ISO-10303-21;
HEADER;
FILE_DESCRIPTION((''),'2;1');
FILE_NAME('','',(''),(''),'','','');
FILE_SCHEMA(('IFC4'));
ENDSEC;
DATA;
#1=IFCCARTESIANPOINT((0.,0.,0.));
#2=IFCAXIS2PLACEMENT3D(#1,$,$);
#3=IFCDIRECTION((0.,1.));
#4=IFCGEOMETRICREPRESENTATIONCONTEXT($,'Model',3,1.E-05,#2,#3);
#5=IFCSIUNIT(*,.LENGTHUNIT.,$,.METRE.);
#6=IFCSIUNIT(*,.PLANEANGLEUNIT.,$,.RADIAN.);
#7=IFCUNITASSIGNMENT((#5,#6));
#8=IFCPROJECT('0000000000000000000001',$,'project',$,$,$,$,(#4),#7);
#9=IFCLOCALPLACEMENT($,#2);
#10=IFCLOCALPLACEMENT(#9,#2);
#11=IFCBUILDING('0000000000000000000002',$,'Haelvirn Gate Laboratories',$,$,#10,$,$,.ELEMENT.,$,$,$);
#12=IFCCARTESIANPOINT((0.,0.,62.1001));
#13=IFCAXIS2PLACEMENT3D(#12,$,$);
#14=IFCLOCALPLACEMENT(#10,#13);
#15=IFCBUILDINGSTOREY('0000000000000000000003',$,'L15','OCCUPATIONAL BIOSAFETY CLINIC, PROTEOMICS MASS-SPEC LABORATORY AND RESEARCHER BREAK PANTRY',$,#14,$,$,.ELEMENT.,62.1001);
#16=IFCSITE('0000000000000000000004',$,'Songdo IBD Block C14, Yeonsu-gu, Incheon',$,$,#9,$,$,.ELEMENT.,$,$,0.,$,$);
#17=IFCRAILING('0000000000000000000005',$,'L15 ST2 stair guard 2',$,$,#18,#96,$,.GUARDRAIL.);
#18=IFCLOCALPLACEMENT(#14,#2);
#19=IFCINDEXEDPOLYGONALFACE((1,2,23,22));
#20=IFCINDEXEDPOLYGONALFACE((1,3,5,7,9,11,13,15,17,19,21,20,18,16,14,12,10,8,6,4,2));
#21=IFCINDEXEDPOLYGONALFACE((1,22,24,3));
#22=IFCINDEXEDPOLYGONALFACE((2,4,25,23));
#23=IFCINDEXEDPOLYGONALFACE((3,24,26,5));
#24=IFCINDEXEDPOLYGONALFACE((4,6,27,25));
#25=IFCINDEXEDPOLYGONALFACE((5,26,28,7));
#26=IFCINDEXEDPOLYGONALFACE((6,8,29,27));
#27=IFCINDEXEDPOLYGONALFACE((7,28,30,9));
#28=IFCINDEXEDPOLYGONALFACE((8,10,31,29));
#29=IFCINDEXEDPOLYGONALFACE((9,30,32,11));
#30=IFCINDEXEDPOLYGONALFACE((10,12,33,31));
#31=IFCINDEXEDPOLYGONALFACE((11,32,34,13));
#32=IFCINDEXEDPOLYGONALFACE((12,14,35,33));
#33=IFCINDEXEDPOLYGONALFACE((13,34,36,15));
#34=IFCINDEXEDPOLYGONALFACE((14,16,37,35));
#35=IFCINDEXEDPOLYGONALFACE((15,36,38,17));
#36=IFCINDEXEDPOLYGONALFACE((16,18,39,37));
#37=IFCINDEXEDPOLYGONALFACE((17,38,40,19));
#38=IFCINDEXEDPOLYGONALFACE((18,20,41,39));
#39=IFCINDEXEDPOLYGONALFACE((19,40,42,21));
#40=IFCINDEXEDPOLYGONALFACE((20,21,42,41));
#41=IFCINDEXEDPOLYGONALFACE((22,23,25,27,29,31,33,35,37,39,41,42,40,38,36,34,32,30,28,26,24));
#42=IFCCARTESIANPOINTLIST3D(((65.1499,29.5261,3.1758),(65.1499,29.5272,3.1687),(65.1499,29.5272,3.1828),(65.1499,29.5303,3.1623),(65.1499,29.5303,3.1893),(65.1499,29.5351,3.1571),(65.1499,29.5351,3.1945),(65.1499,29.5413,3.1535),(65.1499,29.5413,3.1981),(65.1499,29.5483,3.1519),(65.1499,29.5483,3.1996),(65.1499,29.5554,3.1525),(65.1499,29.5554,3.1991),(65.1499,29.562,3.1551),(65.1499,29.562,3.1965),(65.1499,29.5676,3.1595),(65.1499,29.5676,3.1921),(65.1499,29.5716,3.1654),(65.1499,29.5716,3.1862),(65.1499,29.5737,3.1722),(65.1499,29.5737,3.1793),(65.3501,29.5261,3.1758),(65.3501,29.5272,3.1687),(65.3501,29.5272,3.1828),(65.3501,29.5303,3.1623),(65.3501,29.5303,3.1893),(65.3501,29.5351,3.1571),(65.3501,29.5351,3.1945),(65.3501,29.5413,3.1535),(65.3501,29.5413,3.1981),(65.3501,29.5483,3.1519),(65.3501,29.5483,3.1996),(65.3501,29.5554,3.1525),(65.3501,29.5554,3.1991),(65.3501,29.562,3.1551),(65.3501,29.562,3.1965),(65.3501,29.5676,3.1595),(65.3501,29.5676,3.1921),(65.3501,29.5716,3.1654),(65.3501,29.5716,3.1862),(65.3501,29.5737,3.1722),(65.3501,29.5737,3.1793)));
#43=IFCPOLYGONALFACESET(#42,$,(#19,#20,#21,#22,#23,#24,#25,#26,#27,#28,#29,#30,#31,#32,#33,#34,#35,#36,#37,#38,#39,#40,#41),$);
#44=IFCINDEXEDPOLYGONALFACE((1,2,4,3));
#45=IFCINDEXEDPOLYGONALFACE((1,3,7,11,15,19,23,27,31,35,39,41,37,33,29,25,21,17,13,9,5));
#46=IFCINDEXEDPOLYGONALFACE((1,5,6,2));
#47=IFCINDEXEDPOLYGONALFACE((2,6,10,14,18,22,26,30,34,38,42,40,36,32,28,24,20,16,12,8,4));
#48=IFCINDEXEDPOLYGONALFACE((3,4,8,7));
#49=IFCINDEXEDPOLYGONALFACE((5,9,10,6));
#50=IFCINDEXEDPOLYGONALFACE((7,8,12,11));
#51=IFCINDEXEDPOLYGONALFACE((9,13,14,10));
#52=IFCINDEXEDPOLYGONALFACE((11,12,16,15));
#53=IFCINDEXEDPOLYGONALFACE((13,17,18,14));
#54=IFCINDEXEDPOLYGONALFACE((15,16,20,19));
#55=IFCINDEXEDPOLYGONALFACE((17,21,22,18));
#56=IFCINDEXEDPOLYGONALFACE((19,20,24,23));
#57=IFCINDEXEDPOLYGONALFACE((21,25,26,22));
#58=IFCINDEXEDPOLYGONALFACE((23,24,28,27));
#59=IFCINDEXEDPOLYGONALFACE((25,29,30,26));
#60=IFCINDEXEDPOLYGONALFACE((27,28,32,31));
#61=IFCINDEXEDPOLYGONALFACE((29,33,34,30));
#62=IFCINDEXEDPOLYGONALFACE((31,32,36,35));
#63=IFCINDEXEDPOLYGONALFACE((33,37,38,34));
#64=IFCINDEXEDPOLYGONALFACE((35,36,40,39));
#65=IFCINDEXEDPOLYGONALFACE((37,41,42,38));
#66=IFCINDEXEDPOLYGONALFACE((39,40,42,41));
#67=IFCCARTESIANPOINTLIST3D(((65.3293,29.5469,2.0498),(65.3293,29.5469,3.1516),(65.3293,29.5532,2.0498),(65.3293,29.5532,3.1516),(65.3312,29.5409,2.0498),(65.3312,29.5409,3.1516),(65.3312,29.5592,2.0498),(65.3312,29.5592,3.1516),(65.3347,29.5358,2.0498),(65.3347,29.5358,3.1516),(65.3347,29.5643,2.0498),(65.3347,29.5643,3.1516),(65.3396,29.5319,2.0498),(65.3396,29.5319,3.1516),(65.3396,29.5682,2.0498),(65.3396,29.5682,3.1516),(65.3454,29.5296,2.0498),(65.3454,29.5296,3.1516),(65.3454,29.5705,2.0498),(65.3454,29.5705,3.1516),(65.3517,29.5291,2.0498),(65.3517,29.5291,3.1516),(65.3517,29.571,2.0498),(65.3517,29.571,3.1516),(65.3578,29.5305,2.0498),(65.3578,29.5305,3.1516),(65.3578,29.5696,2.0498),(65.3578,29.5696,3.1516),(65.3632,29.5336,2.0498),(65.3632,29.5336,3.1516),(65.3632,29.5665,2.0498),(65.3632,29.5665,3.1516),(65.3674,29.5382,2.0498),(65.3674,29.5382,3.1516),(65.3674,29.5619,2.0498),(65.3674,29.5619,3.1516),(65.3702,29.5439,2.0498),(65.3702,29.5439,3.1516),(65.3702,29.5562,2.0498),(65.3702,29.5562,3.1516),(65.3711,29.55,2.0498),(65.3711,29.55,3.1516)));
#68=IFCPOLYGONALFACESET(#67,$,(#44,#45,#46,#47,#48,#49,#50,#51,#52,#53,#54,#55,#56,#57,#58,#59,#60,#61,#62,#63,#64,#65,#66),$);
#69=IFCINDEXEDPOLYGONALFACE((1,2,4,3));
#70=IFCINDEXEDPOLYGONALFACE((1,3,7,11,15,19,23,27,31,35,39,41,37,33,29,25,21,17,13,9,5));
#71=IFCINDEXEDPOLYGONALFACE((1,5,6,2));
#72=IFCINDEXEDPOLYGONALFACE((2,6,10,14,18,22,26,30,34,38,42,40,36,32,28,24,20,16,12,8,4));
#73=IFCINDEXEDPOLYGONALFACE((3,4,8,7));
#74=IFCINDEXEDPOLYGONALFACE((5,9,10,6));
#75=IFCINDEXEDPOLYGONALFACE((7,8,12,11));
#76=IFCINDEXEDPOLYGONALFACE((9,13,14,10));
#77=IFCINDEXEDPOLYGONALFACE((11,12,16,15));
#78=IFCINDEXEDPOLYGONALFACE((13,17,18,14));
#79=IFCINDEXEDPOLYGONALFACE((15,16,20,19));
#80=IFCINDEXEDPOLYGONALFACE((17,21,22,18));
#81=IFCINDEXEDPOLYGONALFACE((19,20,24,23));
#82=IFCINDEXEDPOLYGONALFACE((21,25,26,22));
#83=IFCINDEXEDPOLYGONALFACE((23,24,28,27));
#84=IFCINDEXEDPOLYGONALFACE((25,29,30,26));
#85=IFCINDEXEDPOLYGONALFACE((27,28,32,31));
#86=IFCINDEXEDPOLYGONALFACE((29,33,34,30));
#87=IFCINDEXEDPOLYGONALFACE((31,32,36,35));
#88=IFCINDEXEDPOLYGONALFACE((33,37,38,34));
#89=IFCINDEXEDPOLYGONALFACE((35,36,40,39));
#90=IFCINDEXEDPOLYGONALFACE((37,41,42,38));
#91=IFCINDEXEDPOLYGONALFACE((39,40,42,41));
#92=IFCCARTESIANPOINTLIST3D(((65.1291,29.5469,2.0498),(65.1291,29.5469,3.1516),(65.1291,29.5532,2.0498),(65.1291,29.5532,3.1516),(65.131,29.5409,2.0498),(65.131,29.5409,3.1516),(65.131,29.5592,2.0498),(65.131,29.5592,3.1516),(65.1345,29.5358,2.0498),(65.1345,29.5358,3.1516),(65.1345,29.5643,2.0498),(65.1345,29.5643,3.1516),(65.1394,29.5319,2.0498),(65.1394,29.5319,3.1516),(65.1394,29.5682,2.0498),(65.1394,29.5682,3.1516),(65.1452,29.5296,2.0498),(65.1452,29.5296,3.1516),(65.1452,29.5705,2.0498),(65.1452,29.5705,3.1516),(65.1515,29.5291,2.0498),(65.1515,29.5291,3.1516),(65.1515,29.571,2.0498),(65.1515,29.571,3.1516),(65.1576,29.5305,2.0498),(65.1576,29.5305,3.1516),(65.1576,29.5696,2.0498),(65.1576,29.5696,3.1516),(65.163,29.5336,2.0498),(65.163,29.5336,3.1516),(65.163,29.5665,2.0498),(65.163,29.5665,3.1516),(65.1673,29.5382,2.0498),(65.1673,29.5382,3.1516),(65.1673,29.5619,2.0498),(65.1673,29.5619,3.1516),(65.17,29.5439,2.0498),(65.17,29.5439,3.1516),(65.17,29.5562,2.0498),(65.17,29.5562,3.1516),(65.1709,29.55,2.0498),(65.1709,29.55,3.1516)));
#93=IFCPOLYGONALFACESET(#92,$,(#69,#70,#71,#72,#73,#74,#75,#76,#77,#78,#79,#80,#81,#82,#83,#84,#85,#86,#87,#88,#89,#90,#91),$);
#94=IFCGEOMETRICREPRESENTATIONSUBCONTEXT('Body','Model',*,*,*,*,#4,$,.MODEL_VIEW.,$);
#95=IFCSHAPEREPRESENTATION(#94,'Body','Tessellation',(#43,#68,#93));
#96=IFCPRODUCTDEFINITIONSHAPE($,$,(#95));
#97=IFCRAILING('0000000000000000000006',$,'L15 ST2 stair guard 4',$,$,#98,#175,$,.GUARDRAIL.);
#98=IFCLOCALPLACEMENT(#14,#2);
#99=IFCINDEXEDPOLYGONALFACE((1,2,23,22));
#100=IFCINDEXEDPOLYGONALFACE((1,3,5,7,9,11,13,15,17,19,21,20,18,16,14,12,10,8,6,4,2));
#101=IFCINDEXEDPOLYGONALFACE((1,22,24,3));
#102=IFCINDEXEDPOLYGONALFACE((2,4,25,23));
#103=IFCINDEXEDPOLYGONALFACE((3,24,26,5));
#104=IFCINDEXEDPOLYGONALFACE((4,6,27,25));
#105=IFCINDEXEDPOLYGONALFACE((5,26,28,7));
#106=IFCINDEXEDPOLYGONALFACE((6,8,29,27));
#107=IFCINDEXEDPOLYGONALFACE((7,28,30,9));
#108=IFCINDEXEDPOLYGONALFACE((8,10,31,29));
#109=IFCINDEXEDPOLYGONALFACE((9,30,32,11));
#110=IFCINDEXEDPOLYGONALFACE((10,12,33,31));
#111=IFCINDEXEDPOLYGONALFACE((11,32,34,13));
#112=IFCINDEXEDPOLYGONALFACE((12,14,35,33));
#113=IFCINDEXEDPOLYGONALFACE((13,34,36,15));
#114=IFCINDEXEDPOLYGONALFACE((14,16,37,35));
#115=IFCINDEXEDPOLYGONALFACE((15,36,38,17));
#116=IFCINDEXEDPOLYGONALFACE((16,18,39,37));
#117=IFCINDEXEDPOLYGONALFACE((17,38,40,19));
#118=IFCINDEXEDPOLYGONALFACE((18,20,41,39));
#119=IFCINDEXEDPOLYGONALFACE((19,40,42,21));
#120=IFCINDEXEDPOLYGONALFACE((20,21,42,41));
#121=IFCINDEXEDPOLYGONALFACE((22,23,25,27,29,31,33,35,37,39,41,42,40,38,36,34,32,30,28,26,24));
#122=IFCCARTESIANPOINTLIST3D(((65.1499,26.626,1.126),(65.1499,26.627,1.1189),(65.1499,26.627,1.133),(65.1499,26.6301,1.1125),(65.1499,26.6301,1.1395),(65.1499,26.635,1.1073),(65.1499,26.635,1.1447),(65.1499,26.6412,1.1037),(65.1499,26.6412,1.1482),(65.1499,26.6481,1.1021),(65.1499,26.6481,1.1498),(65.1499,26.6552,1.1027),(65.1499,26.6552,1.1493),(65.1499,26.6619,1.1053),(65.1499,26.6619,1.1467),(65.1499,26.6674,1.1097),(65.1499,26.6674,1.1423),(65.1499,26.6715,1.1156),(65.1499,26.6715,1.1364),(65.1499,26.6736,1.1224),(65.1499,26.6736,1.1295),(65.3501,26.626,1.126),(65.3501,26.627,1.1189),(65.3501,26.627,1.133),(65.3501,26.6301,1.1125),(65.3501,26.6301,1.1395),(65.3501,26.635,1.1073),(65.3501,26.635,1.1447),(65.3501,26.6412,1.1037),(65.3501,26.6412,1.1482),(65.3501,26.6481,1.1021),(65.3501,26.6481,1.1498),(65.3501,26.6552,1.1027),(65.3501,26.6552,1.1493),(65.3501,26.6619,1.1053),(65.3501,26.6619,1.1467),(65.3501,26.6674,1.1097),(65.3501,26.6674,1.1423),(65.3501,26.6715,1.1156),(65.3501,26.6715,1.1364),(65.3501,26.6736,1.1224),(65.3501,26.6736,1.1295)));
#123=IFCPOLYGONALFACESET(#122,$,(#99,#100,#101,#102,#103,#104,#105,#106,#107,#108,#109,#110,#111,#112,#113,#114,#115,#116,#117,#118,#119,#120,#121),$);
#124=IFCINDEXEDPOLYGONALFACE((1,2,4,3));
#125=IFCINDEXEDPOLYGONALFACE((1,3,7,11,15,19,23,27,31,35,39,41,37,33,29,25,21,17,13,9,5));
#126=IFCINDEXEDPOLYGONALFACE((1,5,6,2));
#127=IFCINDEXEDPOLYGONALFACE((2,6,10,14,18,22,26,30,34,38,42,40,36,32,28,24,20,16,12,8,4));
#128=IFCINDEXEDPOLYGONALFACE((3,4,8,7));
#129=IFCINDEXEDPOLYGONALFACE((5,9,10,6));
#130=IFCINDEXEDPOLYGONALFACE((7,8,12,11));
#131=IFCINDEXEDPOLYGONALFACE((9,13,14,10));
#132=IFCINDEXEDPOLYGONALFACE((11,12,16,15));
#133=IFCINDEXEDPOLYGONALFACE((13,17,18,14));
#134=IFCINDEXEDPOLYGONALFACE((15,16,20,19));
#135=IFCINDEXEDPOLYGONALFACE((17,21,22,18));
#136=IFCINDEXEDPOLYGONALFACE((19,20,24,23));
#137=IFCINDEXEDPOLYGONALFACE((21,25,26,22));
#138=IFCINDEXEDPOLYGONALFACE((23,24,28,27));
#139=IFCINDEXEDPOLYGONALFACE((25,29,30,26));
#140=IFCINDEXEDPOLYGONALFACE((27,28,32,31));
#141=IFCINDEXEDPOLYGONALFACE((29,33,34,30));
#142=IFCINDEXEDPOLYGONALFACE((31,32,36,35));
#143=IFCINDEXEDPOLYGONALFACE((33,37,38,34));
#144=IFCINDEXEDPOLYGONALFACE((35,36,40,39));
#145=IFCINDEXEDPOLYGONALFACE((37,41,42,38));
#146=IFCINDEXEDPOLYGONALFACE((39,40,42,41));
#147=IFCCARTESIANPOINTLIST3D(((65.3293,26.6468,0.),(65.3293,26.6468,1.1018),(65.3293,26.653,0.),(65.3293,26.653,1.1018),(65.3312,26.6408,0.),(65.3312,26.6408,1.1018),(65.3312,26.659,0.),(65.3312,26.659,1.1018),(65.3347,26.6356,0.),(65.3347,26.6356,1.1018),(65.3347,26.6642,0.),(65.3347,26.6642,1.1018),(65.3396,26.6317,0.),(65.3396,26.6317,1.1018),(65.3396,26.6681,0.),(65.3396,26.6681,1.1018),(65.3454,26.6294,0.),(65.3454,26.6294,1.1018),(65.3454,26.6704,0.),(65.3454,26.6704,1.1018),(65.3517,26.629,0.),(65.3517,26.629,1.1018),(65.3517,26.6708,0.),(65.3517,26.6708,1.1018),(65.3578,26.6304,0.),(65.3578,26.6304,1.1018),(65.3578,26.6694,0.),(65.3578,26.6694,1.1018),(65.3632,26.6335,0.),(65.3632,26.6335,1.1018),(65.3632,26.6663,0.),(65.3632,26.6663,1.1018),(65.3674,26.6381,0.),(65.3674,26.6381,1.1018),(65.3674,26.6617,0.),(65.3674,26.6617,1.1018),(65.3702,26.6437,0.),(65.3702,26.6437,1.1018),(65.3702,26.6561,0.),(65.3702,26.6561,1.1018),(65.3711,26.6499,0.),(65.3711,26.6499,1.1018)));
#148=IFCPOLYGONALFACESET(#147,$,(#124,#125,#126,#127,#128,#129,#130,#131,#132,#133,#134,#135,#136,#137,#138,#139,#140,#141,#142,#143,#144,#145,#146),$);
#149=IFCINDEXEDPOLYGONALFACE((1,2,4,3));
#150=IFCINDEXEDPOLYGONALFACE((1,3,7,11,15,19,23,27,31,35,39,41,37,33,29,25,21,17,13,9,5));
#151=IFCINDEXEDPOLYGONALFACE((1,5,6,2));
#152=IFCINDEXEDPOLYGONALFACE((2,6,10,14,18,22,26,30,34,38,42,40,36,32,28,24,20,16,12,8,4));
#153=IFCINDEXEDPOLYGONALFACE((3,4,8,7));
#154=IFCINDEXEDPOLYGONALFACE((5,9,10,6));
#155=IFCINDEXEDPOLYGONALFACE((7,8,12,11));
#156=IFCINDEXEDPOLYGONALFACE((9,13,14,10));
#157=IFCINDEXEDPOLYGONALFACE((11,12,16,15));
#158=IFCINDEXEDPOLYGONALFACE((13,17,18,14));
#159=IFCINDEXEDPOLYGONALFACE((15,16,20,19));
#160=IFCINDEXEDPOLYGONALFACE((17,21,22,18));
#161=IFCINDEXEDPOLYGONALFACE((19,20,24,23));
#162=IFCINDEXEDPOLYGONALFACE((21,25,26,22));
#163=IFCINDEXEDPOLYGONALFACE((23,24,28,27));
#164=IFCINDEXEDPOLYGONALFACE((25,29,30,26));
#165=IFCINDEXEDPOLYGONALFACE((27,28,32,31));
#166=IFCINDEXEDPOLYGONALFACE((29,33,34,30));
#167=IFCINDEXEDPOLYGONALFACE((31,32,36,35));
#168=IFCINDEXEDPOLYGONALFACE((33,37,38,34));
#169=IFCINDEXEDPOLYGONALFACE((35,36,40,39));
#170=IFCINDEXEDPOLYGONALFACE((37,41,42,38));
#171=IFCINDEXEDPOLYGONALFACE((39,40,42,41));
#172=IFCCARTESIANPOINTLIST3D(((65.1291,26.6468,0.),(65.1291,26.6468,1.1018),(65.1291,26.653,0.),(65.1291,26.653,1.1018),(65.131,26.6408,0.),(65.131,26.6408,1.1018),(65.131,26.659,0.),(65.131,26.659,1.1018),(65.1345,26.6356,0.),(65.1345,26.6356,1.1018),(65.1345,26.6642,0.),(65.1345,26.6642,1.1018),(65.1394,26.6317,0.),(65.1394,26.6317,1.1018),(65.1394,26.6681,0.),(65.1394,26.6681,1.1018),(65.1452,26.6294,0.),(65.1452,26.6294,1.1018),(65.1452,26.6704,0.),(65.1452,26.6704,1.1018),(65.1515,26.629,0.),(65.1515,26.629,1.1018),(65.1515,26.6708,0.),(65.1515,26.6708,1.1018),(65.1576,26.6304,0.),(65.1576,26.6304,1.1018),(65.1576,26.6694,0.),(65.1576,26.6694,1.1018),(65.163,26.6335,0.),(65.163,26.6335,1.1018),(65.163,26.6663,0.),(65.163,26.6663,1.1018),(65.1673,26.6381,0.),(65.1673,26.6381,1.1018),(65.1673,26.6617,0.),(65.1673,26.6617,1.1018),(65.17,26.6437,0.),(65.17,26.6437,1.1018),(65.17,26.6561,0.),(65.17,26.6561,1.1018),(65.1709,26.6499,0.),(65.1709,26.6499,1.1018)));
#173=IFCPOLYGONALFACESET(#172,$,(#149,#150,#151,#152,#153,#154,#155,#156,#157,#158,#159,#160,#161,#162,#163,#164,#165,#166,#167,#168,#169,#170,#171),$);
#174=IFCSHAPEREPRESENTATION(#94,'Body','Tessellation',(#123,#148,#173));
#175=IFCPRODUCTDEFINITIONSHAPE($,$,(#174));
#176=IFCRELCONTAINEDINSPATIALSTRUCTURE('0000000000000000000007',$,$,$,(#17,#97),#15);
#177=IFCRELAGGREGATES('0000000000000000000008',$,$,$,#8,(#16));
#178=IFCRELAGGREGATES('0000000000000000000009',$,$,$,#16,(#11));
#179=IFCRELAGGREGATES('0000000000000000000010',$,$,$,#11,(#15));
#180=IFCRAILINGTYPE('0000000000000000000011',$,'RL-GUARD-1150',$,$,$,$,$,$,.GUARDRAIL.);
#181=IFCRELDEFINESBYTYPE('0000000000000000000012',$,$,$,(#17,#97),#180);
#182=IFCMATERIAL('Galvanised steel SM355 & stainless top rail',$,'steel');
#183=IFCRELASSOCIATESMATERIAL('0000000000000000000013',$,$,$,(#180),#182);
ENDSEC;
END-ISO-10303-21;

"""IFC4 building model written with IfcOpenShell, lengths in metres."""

from ifc_helpers import new_model, si_unit, direction, frame, origin, origin_2d, place, context, subcontext, project, spatial, circle, extrude, source, transform, mapped, material, type_object, element, save


model = new_model("IFC4")

# Units and contexts
model_context = context("Model", 3, precision=1e-05, world=origin(), true_north=direction((0.0, 1.0)))
body_context = subcontext(model_context, "Body", "Model", "MODEL_VIEW")
ifc_project = project(units=[si_unit("LENGTHUNIT", "METRE"), si_unit("PLANEANGLEUNIT", "RADIAN")], contexts=[model_context])

# Site, building, storey
site_placement = place(None, origin())
site = spatial("IfcSite", under=ifc_project, at=site_placement, Name="Songdo IBD Block C14, Yeonsu-gu, Incheon", CompositionType="ELEMENT", RefElevation=0.0)
building_placement = place(site_placement, origin())
building = spatial("IfcBuilding", under=site, at=building_placement, Name="Haelvirn Gate Laboratories", CompositionType="ELEMENT")
storey_placement = place(building_placement, frame((0.0, 0.0, 62.1001)))
storey = spatial("IfcBuildingStorey", under=building, at=storey_placement, Name="L15", Description="OCCUPATIONAL BIOSAFETY CLINIC, PROTEOMICS MASS-SPEC LABORATORY AND RESEARCHER BREAK PANTRY", CompositionType="ELEMENT", Elevation=62.1001)

# Railings
ifc_material_1 = material(Name="Galvanised steel SM355 & stainless top rail", Category="steel")
railing_type_1 = type_object("IfcRailingType", Name="RL-GUARD-1150", PredefinedType="GUARDRAIL", material=ifc_material_1)
shared_shape_1 = source(origin(), body_context, "Body", "SweptSolid", [
    extrude(circle(Radius=0.0239, at=origin_2d()), frame((0.0, 0.0, 1.126), z_axis=(-1.0, 0.0, 0.0), x_axis=(0.0, -1.0, 0.0)), (0.0, 0.0, 1.0), 0.2002),
    extrude(circle(Radius=0.021, at=origin_2d()), origin(), (0.0, 0.0, 1.0), 1.1018),
    extrude(circle(Radius=0.021, at=origin_2d()), frame((-0.2002, 0.0, 0.0)), (0.0, 0.0, 1.0), 1.1018),
])
for number, where, name in (
    (1, (65.3501, 29.55, 2.0498), "L15 ST2 stair guard 2"),
    (2, (65.3501, 26.6499, 0.0), "L15 ST2 stair guard 4"),
):
    element("IfcRailing", number, at=place(storey_placement, frame(where)), inside=storey, type_object=railing_type_1, Name=name, PredefinedType="GUARDRAIL", context=body_context, shape_type="MappedRepresentation", body=[
        mapped(shared_shape_1, transform((0.0, 0.0, 0.0), scale=1.0)),
    ])

save(model, "model.ifc")
